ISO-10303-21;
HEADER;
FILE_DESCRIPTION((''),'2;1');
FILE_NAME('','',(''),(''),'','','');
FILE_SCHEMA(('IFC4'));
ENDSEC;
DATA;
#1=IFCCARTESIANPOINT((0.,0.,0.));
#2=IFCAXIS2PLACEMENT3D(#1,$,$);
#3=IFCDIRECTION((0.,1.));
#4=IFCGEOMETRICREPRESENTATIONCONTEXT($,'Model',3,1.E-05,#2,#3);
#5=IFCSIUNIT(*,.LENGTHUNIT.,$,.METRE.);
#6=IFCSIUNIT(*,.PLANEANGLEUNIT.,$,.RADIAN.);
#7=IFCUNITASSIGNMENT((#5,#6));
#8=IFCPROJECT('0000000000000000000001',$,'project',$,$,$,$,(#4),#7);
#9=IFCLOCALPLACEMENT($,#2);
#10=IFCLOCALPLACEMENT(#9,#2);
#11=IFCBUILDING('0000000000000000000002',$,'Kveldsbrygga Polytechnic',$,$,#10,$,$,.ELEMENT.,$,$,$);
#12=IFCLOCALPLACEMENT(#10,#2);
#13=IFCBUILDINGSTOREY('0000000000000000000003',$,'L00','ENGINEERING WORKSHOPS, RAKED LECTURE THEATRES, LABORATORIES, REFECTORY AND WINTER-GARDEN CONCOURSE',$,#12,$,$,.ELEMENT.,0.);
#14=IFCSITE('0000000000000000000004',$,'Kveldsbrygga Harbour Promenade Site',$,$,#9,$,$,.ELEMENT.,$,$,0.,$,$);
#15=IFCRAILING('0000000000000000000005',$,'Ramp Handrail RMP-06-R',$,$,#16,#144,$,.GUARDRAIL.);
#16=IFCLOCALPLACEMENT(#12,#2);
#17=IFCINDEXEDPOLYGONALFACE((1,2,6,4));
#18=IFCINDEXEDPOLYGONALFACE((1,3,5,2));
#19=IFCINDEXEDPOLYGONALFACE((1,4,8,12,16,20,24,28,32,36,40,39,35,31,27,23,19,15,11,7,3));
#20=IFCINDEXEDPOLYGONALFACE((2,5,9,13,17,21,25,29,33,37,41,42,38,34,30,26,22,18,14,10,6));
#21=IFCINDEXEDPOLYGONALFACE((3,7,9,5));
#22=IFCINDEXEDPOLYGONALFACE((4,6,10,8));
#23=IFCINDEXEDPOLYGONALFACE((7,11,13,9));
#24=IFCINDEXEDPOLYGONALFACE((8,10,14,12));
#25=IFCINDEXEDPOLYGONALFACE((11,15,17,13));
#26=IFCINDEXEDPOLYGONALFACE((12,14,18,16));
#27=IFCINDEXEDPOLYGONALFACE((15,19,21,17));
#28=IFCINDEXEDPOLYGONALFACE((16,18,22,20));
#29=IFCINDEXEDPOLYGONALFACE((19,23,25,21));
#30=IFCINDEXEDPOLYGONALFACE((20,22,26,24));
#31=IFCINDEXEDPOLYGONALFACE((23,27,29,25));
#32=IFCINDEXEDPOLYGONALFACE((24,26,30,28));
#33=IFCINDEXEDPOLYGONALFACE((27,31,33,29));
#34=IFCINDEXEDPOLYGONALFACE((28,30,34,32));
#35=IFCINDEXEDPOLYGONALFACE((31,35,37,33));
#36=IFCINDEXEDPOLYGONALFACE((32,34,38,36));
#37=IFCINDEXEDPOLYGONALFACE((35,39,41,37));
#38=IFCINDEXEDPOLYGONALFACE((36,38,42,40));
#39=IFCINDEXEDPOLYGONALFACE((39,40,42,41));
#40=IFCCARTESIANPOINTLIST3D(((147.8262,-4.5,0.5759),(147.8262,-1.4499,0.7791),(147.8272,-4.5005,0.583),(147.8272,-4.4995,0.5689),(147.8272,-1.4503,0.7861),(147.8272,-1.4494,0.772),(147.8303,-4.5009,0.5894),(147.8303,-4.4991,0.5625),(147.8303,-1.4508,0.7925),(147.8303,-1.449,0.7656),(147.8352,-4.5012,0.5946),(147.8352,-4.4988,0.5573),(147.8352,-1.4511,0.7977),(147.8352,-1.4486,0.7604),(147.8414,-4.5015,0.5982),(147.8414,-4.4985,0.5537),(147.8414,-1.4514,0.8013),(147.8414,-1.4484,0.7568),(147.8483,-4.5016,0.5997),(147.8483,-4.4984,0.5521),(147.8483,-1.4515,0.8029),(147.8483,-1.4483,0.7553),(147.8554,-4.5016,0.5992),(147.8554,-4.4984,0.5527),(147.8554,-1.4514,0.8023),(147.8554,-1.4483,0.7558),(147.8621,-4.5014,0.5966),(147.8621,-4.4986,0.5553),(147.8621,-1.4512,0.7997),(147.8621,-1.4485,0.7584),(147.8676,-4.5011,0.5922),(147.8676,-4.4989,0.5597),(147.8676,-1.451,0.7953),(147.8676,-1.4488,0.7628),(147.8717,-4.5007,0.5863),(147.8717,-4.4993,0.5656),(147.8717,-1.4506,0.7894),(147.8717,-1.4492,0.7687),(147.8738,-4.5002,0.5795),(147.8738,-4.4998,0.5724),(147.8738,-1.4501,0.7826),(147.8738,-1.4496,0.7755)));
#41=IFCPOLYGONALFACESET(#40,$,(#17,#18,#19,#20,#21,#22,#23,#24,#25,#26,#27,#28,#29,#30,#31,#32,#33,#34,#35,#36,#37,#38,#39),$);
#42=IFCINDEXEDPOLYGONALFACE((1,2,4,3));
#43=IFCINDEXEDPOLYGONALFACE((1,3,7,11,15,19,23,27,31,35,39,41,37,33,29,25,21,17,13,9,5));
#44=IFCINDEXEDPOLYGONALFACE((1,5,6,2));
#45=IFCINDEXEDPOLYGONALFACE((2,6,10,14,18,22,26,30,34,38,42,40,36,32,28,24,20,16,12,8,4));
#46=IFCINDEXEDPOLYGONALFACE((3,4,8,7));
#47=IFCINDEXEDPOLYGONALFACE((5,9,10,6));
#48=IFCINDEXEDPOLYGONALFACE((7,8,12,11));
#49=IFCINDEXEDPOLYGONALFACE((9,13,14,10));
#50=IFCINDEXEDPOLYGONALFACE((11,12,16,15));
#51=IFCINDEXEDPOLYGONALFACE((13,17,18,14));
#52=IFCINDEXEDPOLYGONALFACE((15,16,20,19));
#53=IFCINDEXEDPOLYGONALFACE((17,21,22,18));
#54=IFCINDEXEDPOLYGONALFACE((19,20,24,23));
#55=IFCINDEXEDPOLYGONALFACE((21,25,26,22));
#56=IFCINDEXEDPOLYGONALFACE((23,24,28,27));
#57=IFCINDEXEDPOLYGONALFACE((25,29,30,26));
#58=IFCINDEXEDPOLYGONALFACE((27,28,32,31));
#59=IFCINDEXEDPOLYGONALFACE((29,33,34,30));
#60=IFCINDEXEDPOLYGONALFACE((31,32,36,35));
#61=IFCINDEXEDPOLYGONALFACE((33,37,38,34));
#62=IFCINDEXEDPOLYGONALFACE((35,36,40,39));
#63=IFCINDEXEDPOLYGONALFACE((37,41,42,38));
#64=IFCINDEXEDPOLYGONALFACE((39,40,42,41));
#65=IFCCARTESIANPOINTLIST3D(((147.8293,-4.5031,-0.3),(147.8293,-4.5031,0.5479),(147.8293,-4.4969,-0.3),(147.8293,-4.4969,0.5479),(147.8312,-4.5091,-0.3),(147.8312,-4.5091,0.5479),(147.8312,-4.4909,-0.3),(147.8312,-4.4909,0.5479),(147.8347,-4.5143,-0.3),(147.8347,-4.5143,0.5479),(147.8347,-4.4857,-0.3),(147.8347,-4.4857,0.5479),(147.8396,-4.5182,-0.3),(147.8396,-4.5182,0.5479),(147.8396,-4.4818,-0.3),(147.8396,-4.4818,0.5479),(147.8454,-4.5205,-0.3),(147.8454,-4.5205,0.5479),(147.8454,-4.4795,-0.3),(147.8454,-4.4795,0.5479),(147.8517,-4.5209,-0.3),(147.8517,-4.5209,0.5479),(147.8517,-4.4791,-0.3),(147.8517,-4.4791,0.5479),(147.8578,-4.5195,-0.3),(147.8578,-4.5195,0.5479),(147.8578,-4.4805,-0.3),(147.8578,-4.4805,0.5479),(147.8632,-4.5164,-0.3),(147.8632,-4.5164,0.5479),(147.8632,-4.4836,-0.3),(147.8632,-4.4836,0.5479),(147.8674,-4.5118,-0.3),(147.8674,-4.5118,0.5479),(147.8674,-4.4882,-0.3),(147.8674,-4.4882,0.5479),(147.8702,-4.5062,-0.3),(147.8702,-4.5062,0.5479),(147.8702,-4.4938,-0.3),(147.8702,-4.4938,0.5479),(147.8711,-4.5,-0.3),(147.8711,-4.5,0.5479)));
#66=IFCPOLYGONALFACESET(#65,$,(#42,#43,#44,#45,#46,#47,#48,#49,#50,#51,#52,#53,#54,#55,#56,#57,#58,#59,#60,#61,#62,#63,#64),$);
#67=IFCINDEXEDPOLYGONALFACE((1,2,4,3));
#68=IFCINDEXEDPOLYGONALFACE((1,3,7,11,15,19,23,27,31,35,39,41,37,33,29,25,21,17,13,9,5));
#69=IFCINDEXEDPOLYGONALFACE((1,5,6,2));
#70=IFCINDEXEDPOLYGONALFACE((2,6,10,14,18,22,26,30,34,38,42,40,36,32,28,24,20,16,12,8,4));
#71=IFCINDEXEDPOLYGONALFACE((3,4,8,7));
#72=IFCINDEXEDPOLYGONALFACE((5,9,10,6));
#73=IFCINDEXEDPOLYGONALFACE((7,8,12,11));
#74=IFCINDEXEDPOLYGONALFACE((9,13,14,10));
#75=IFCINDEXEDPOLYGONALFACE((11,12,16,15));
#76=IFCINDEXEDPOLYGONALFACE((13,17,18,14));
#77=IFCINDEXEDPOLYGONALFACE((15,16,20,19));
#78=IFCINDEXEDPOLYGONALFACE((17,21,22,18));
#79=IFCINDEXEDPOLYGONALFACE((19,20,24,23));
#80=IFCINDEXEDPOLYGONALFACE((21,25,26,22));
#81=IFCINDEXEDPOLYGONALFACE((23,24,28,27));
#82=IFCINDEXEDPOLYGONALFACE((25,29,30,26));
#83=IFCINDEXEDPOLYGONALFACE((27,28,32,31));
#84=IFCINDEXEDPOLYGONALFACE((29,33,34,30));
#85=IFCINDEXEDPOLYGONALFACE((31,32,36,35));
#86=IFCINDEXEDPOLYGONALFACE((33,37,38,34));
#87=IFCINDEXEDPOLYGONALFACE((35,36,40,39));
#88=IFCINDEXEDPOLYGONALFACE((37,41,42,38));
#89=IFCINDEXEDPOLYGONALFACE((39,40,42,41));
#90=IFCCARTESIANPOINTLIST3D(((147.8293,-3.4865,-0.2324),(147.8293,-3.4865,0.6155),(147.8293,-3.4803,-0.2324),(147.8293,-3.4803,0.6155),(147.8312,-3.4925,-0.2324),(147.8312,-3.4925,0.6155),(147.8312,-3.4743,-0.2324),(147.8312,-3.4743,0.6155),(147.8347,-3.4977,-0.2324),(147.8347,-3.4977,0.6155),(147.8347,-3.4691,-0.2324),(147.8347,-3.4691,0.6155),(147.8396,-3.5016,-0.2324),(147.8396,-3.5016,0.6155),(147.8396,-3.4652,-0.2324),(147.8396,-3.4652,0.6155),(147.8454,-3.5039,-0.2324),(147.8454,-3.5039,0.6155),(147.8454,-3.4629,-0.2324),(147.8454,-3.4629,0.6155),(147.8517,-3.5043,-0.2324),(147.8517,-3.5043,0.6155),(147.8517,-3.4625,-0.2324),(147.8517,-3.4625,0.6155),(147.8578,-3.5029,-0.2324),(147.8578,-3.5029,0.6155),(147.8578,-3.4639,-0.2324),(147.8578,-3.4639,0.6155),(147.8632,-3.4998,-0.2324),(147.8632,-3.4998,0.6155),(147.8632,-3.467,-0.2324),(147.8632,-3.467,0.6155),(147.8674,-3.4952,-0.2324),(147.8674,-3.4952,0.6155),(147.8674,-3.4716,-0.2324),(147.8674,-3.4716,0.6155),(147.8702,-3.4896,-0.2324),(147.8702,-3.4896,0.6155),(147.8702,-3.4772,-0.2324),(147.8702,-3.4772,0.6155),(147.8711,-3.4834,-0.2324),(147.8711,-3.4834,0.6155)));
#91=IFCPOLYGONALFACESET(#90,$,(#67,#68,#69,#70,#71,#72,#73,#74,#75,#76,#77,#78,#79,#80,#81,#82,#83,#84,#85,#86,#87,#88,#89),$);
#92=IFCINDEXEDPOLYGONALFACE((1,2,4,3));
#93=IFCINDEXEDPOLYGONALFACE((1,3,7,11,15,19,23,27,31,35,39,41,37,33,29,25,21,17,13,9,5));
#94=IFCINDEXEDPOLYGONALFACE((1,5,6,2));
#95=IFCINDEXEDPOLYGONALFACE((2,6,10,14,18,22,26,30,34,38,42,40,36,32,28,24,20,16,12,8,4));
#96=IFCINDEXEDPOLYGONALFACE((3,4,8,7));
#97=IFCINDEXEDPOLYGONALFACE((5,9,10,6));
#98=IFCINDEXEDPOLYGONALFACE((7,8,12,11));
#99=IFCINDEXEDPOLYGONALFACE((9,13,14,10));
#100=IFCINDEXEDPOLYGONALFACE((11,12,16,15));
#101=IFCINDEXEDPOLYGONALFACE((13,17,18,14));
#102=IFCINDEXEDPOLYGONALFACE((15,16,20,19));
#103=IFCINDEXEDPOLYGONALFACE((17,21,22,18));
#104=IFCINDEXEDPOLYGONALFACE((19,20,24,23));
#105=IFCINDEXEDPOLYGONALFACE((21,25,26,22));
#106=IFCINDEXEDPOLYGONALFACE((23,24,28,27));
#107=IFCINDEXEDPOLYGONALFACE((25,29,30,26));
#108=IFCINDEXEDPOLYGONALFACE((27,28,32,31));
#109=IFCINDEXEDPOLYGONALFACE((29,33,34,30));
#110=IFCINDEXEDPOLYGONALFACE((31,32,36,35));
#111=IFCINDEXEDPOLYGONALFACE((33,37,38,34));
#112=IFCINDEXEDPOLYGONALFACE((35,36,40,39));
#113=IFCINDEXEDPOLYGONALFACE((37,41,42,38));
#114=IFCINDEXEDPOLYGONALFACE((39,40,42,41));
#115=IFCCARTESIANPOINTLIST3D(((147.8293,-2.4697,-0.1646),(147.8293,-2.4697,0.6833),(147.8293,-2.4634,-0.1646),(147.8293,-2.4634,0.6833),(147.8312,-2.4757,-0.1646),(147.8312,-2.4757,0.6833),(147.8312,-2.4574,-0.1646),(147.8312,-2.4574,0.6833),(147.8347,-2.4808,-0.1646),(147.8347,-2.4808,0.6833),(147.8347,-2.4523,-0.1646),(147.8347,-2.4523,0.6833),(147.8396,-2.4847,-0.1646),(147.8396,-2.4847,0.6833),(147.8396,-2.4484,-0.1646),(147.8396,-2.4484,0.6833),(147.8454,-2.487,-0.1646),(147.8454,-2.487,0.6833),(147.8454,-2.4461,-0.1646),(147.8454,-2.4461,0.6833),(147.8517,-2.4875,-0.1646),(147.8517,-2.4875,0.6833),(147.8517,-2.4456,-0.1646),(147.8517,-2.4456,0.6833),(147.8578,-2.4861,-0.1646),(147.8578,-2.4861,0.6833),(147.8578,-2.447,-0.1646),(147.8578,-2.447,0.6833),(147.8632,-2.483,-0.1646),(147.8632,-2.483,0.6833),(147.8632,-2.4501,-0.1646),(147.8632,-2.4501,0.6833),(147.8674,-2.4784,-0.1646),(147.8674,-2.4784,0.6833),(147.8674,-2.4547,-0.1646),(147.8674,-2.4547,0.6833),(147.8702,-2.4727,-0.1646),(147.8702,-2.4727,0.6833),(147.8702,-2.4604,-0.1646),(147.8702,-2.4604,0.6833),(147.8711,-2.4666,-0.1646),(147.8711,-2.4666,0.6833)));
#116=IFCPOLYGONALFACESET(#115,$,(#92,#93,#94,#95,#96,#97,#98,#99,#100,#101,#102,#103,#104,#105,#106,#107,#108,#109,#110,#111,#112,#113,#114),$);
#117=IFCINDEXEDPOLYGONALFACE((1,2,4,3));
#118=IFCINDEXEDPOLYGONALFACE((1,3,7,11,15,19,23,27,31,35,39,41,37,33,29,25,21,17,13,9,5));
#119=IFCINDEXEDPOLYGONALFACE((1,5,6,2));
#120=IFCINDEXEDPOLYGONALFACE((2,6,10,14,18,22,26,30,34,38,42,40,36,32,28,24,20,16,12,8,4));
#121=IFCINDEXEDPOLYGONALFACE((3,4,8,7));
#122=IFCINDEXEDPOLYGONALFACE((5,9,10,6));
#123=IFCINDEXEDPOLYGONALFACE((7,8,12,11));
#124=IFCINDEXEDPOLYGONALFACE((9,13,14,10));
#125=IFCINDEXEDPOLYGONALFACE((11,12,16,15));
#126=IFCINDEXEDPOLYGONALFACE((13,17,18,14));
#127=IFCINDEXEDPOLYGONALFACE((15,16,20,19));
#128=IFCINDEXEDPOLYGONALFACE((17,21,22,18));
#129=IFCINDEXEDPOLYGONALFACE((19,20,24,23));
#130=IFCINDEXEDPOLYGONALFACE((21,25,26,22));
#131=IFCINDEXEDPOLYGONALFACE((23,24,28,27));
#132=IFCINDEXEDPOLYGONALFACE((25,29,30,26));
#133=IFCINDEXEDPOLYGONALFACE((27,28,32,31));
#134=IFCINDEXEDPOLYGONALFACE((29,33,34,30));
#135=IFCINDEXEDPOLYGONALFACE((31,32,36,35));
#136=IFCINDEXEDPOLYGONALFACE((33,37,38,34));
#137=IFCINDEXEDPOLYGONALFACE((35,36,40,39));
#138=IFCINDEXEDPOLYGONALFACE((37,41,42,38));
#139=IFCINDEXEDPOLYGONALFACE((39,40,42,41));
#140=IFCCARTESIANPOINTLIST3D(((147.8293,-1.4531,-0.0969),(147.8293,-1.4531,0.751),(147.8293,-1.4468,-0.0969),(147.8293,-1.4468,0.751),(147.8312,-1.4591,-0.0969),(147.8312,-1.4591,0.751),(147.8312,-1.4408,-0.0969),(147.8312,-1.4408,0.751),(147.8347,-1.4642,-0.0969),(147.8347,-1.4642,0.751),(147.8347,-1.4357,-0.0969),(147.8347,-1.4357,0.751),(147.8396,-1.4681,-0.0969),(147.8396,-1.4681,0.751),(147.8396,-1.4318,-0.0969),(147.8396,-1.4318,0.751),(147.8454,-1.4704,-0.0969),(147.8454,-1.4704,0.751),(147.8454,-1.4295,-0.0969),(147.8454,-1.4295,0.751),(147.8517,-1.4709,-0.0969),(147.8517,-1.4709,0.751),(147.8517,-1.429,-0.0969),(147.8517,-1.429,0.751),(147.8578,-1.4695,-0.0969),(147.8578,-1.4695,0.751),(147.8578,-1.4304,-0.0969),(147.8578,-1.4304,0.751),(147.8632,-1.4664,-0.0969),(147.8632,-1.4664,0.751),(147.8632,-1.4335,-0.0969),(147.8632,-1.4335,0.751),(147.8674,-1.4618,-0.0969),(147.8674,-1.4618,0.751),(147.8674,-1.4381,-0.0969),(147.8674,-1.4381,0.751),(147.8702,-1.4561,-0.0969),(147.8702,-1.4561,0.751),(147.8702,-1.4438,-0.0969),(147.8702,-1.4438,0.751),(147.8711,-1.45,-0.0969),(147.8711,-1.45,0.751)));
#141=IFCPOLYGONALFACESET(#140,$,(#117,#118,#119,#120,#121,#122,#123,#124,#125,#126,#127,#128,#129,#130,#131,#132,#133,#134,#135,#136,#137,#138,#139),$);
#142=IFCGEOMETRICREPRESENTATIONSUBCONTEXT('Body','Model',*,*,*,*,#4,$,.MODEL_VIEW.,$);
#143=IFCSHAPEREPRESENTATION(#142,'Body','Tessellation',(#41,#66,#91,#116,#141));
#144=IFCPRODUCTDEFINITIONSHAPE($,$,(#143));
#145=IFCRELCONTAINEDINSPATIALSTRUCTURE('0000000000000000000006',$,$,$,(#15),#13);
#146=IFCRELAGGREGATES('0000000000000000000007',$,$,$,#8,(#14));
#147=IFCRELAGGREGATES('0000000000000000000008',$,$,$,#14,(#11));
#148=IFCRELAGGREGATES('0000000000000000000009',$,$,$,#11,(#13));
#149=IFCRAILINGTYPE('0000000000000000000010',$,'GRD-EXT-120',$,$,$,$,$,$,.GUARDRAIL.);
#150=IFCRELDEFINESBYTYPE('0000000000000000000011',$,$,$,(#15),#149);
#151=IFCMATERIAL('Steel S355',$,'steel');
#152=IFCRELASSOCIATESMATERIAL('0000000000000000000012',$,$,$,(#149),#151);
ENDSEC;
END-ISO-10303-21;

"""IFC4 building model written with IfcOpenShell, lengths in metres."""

from ifc_helpers import new_model, si_unit, direction, frame, origin, origin_2d, place, context, subcontext, project, spatial, circle, extrude, material, type_object, element, save


model = new_model("IFC4")

# Units and contexts
model_context = context("Model", 3, precision=1e-05, world=origin(), true_north=direction((0.0, 1.0)))
body_context = subcontext(model_context, "Body", "Model", "MODEL_VIEW")
ifc_project = project(units=[si_unit("LENGTHUNIT", "METRE"), si_unit("PLANEANGLEUNIT", "RADIAN")], contexts=[model_context])

# Site, building, storey
site_placement = place(None, origin())
site = spatial("IfcSite", under=ifc_project, at=site_placement, Name="Kveldsbrygga Harbour Promenade Site", CompositionType="ELEMENT", RefElevation=0.0)
building_placement = place(site_placement, origin())
building = spatial("IfcBuilding", under=site, at=building_placement, Name="Kveldsbrygga Polytechnic", CompositionType="ELEMENT")
storey_placement = place(building_placement, origin())
storey = spatial("IfcBuildingStorey", under=building, at=storey_placement, Name="L00", Description="ENGINEERING WORKSHOPS, RAKED LECTURE THEATRES, LABORATORIES, REFECTORY AND WINTER-GARDEN CONCOURSE", CompositionType="ELEMENT", Elevation=0.0)

# Shared definitions
ifc_material_1 = material(Name="Steel S355", Category="steel")

# Railing
railing_type = type_object("IfcRailingType", Name="GRD-EXT-120", PredefinedType="GUARDRAIL", material=ifc_material_1)
for number, where, name in (
    (1, (147.8501, -4.5, -0.3), "Ramp Handrail RMP-06-R"),
):
    element("IfcRailing", number, at=place(storey_placement, frame(where)), inside=storey, type_object=railing_type, Name=name, PredefinedType="GUARDRAIL", context=body_context, shape_type="SweptSolid", body=[
        extrude(circle(Radius=0.0239, at=origin_2d()), frame((0.0, 0.0, 0.876), z_axis=(0.0, 0.99779, 0.06645), x_axis=(-1.0, 0.0, 0.0)), (0.0, 0.0, 1.0), 3.0569),
        extrude(circle(Radius=0.021, at=origin_2d()), origin(), (0.0, 0.0, 1.0), 0.8479),
        extrude(circle(Radius=0.021, at=origin_2d()), frame((0.0, 1.0166, 0.0676)), (0.0, 0.0, 1.0), 0.8479),
        extrude(circle(Radius=0.021, at=origin_2d()), frame((0.0, 2.0334, 0.1355)), (0.0, 0.0, 1.0), 0.8479),
        extrude(circle(Radius=0.021, at=origin_2d()), frame((0.0, 3.05, 0.2031)), (0.0, 0.0, 1.0), 0.8479),
    ])

save(model, "model.ifc")
